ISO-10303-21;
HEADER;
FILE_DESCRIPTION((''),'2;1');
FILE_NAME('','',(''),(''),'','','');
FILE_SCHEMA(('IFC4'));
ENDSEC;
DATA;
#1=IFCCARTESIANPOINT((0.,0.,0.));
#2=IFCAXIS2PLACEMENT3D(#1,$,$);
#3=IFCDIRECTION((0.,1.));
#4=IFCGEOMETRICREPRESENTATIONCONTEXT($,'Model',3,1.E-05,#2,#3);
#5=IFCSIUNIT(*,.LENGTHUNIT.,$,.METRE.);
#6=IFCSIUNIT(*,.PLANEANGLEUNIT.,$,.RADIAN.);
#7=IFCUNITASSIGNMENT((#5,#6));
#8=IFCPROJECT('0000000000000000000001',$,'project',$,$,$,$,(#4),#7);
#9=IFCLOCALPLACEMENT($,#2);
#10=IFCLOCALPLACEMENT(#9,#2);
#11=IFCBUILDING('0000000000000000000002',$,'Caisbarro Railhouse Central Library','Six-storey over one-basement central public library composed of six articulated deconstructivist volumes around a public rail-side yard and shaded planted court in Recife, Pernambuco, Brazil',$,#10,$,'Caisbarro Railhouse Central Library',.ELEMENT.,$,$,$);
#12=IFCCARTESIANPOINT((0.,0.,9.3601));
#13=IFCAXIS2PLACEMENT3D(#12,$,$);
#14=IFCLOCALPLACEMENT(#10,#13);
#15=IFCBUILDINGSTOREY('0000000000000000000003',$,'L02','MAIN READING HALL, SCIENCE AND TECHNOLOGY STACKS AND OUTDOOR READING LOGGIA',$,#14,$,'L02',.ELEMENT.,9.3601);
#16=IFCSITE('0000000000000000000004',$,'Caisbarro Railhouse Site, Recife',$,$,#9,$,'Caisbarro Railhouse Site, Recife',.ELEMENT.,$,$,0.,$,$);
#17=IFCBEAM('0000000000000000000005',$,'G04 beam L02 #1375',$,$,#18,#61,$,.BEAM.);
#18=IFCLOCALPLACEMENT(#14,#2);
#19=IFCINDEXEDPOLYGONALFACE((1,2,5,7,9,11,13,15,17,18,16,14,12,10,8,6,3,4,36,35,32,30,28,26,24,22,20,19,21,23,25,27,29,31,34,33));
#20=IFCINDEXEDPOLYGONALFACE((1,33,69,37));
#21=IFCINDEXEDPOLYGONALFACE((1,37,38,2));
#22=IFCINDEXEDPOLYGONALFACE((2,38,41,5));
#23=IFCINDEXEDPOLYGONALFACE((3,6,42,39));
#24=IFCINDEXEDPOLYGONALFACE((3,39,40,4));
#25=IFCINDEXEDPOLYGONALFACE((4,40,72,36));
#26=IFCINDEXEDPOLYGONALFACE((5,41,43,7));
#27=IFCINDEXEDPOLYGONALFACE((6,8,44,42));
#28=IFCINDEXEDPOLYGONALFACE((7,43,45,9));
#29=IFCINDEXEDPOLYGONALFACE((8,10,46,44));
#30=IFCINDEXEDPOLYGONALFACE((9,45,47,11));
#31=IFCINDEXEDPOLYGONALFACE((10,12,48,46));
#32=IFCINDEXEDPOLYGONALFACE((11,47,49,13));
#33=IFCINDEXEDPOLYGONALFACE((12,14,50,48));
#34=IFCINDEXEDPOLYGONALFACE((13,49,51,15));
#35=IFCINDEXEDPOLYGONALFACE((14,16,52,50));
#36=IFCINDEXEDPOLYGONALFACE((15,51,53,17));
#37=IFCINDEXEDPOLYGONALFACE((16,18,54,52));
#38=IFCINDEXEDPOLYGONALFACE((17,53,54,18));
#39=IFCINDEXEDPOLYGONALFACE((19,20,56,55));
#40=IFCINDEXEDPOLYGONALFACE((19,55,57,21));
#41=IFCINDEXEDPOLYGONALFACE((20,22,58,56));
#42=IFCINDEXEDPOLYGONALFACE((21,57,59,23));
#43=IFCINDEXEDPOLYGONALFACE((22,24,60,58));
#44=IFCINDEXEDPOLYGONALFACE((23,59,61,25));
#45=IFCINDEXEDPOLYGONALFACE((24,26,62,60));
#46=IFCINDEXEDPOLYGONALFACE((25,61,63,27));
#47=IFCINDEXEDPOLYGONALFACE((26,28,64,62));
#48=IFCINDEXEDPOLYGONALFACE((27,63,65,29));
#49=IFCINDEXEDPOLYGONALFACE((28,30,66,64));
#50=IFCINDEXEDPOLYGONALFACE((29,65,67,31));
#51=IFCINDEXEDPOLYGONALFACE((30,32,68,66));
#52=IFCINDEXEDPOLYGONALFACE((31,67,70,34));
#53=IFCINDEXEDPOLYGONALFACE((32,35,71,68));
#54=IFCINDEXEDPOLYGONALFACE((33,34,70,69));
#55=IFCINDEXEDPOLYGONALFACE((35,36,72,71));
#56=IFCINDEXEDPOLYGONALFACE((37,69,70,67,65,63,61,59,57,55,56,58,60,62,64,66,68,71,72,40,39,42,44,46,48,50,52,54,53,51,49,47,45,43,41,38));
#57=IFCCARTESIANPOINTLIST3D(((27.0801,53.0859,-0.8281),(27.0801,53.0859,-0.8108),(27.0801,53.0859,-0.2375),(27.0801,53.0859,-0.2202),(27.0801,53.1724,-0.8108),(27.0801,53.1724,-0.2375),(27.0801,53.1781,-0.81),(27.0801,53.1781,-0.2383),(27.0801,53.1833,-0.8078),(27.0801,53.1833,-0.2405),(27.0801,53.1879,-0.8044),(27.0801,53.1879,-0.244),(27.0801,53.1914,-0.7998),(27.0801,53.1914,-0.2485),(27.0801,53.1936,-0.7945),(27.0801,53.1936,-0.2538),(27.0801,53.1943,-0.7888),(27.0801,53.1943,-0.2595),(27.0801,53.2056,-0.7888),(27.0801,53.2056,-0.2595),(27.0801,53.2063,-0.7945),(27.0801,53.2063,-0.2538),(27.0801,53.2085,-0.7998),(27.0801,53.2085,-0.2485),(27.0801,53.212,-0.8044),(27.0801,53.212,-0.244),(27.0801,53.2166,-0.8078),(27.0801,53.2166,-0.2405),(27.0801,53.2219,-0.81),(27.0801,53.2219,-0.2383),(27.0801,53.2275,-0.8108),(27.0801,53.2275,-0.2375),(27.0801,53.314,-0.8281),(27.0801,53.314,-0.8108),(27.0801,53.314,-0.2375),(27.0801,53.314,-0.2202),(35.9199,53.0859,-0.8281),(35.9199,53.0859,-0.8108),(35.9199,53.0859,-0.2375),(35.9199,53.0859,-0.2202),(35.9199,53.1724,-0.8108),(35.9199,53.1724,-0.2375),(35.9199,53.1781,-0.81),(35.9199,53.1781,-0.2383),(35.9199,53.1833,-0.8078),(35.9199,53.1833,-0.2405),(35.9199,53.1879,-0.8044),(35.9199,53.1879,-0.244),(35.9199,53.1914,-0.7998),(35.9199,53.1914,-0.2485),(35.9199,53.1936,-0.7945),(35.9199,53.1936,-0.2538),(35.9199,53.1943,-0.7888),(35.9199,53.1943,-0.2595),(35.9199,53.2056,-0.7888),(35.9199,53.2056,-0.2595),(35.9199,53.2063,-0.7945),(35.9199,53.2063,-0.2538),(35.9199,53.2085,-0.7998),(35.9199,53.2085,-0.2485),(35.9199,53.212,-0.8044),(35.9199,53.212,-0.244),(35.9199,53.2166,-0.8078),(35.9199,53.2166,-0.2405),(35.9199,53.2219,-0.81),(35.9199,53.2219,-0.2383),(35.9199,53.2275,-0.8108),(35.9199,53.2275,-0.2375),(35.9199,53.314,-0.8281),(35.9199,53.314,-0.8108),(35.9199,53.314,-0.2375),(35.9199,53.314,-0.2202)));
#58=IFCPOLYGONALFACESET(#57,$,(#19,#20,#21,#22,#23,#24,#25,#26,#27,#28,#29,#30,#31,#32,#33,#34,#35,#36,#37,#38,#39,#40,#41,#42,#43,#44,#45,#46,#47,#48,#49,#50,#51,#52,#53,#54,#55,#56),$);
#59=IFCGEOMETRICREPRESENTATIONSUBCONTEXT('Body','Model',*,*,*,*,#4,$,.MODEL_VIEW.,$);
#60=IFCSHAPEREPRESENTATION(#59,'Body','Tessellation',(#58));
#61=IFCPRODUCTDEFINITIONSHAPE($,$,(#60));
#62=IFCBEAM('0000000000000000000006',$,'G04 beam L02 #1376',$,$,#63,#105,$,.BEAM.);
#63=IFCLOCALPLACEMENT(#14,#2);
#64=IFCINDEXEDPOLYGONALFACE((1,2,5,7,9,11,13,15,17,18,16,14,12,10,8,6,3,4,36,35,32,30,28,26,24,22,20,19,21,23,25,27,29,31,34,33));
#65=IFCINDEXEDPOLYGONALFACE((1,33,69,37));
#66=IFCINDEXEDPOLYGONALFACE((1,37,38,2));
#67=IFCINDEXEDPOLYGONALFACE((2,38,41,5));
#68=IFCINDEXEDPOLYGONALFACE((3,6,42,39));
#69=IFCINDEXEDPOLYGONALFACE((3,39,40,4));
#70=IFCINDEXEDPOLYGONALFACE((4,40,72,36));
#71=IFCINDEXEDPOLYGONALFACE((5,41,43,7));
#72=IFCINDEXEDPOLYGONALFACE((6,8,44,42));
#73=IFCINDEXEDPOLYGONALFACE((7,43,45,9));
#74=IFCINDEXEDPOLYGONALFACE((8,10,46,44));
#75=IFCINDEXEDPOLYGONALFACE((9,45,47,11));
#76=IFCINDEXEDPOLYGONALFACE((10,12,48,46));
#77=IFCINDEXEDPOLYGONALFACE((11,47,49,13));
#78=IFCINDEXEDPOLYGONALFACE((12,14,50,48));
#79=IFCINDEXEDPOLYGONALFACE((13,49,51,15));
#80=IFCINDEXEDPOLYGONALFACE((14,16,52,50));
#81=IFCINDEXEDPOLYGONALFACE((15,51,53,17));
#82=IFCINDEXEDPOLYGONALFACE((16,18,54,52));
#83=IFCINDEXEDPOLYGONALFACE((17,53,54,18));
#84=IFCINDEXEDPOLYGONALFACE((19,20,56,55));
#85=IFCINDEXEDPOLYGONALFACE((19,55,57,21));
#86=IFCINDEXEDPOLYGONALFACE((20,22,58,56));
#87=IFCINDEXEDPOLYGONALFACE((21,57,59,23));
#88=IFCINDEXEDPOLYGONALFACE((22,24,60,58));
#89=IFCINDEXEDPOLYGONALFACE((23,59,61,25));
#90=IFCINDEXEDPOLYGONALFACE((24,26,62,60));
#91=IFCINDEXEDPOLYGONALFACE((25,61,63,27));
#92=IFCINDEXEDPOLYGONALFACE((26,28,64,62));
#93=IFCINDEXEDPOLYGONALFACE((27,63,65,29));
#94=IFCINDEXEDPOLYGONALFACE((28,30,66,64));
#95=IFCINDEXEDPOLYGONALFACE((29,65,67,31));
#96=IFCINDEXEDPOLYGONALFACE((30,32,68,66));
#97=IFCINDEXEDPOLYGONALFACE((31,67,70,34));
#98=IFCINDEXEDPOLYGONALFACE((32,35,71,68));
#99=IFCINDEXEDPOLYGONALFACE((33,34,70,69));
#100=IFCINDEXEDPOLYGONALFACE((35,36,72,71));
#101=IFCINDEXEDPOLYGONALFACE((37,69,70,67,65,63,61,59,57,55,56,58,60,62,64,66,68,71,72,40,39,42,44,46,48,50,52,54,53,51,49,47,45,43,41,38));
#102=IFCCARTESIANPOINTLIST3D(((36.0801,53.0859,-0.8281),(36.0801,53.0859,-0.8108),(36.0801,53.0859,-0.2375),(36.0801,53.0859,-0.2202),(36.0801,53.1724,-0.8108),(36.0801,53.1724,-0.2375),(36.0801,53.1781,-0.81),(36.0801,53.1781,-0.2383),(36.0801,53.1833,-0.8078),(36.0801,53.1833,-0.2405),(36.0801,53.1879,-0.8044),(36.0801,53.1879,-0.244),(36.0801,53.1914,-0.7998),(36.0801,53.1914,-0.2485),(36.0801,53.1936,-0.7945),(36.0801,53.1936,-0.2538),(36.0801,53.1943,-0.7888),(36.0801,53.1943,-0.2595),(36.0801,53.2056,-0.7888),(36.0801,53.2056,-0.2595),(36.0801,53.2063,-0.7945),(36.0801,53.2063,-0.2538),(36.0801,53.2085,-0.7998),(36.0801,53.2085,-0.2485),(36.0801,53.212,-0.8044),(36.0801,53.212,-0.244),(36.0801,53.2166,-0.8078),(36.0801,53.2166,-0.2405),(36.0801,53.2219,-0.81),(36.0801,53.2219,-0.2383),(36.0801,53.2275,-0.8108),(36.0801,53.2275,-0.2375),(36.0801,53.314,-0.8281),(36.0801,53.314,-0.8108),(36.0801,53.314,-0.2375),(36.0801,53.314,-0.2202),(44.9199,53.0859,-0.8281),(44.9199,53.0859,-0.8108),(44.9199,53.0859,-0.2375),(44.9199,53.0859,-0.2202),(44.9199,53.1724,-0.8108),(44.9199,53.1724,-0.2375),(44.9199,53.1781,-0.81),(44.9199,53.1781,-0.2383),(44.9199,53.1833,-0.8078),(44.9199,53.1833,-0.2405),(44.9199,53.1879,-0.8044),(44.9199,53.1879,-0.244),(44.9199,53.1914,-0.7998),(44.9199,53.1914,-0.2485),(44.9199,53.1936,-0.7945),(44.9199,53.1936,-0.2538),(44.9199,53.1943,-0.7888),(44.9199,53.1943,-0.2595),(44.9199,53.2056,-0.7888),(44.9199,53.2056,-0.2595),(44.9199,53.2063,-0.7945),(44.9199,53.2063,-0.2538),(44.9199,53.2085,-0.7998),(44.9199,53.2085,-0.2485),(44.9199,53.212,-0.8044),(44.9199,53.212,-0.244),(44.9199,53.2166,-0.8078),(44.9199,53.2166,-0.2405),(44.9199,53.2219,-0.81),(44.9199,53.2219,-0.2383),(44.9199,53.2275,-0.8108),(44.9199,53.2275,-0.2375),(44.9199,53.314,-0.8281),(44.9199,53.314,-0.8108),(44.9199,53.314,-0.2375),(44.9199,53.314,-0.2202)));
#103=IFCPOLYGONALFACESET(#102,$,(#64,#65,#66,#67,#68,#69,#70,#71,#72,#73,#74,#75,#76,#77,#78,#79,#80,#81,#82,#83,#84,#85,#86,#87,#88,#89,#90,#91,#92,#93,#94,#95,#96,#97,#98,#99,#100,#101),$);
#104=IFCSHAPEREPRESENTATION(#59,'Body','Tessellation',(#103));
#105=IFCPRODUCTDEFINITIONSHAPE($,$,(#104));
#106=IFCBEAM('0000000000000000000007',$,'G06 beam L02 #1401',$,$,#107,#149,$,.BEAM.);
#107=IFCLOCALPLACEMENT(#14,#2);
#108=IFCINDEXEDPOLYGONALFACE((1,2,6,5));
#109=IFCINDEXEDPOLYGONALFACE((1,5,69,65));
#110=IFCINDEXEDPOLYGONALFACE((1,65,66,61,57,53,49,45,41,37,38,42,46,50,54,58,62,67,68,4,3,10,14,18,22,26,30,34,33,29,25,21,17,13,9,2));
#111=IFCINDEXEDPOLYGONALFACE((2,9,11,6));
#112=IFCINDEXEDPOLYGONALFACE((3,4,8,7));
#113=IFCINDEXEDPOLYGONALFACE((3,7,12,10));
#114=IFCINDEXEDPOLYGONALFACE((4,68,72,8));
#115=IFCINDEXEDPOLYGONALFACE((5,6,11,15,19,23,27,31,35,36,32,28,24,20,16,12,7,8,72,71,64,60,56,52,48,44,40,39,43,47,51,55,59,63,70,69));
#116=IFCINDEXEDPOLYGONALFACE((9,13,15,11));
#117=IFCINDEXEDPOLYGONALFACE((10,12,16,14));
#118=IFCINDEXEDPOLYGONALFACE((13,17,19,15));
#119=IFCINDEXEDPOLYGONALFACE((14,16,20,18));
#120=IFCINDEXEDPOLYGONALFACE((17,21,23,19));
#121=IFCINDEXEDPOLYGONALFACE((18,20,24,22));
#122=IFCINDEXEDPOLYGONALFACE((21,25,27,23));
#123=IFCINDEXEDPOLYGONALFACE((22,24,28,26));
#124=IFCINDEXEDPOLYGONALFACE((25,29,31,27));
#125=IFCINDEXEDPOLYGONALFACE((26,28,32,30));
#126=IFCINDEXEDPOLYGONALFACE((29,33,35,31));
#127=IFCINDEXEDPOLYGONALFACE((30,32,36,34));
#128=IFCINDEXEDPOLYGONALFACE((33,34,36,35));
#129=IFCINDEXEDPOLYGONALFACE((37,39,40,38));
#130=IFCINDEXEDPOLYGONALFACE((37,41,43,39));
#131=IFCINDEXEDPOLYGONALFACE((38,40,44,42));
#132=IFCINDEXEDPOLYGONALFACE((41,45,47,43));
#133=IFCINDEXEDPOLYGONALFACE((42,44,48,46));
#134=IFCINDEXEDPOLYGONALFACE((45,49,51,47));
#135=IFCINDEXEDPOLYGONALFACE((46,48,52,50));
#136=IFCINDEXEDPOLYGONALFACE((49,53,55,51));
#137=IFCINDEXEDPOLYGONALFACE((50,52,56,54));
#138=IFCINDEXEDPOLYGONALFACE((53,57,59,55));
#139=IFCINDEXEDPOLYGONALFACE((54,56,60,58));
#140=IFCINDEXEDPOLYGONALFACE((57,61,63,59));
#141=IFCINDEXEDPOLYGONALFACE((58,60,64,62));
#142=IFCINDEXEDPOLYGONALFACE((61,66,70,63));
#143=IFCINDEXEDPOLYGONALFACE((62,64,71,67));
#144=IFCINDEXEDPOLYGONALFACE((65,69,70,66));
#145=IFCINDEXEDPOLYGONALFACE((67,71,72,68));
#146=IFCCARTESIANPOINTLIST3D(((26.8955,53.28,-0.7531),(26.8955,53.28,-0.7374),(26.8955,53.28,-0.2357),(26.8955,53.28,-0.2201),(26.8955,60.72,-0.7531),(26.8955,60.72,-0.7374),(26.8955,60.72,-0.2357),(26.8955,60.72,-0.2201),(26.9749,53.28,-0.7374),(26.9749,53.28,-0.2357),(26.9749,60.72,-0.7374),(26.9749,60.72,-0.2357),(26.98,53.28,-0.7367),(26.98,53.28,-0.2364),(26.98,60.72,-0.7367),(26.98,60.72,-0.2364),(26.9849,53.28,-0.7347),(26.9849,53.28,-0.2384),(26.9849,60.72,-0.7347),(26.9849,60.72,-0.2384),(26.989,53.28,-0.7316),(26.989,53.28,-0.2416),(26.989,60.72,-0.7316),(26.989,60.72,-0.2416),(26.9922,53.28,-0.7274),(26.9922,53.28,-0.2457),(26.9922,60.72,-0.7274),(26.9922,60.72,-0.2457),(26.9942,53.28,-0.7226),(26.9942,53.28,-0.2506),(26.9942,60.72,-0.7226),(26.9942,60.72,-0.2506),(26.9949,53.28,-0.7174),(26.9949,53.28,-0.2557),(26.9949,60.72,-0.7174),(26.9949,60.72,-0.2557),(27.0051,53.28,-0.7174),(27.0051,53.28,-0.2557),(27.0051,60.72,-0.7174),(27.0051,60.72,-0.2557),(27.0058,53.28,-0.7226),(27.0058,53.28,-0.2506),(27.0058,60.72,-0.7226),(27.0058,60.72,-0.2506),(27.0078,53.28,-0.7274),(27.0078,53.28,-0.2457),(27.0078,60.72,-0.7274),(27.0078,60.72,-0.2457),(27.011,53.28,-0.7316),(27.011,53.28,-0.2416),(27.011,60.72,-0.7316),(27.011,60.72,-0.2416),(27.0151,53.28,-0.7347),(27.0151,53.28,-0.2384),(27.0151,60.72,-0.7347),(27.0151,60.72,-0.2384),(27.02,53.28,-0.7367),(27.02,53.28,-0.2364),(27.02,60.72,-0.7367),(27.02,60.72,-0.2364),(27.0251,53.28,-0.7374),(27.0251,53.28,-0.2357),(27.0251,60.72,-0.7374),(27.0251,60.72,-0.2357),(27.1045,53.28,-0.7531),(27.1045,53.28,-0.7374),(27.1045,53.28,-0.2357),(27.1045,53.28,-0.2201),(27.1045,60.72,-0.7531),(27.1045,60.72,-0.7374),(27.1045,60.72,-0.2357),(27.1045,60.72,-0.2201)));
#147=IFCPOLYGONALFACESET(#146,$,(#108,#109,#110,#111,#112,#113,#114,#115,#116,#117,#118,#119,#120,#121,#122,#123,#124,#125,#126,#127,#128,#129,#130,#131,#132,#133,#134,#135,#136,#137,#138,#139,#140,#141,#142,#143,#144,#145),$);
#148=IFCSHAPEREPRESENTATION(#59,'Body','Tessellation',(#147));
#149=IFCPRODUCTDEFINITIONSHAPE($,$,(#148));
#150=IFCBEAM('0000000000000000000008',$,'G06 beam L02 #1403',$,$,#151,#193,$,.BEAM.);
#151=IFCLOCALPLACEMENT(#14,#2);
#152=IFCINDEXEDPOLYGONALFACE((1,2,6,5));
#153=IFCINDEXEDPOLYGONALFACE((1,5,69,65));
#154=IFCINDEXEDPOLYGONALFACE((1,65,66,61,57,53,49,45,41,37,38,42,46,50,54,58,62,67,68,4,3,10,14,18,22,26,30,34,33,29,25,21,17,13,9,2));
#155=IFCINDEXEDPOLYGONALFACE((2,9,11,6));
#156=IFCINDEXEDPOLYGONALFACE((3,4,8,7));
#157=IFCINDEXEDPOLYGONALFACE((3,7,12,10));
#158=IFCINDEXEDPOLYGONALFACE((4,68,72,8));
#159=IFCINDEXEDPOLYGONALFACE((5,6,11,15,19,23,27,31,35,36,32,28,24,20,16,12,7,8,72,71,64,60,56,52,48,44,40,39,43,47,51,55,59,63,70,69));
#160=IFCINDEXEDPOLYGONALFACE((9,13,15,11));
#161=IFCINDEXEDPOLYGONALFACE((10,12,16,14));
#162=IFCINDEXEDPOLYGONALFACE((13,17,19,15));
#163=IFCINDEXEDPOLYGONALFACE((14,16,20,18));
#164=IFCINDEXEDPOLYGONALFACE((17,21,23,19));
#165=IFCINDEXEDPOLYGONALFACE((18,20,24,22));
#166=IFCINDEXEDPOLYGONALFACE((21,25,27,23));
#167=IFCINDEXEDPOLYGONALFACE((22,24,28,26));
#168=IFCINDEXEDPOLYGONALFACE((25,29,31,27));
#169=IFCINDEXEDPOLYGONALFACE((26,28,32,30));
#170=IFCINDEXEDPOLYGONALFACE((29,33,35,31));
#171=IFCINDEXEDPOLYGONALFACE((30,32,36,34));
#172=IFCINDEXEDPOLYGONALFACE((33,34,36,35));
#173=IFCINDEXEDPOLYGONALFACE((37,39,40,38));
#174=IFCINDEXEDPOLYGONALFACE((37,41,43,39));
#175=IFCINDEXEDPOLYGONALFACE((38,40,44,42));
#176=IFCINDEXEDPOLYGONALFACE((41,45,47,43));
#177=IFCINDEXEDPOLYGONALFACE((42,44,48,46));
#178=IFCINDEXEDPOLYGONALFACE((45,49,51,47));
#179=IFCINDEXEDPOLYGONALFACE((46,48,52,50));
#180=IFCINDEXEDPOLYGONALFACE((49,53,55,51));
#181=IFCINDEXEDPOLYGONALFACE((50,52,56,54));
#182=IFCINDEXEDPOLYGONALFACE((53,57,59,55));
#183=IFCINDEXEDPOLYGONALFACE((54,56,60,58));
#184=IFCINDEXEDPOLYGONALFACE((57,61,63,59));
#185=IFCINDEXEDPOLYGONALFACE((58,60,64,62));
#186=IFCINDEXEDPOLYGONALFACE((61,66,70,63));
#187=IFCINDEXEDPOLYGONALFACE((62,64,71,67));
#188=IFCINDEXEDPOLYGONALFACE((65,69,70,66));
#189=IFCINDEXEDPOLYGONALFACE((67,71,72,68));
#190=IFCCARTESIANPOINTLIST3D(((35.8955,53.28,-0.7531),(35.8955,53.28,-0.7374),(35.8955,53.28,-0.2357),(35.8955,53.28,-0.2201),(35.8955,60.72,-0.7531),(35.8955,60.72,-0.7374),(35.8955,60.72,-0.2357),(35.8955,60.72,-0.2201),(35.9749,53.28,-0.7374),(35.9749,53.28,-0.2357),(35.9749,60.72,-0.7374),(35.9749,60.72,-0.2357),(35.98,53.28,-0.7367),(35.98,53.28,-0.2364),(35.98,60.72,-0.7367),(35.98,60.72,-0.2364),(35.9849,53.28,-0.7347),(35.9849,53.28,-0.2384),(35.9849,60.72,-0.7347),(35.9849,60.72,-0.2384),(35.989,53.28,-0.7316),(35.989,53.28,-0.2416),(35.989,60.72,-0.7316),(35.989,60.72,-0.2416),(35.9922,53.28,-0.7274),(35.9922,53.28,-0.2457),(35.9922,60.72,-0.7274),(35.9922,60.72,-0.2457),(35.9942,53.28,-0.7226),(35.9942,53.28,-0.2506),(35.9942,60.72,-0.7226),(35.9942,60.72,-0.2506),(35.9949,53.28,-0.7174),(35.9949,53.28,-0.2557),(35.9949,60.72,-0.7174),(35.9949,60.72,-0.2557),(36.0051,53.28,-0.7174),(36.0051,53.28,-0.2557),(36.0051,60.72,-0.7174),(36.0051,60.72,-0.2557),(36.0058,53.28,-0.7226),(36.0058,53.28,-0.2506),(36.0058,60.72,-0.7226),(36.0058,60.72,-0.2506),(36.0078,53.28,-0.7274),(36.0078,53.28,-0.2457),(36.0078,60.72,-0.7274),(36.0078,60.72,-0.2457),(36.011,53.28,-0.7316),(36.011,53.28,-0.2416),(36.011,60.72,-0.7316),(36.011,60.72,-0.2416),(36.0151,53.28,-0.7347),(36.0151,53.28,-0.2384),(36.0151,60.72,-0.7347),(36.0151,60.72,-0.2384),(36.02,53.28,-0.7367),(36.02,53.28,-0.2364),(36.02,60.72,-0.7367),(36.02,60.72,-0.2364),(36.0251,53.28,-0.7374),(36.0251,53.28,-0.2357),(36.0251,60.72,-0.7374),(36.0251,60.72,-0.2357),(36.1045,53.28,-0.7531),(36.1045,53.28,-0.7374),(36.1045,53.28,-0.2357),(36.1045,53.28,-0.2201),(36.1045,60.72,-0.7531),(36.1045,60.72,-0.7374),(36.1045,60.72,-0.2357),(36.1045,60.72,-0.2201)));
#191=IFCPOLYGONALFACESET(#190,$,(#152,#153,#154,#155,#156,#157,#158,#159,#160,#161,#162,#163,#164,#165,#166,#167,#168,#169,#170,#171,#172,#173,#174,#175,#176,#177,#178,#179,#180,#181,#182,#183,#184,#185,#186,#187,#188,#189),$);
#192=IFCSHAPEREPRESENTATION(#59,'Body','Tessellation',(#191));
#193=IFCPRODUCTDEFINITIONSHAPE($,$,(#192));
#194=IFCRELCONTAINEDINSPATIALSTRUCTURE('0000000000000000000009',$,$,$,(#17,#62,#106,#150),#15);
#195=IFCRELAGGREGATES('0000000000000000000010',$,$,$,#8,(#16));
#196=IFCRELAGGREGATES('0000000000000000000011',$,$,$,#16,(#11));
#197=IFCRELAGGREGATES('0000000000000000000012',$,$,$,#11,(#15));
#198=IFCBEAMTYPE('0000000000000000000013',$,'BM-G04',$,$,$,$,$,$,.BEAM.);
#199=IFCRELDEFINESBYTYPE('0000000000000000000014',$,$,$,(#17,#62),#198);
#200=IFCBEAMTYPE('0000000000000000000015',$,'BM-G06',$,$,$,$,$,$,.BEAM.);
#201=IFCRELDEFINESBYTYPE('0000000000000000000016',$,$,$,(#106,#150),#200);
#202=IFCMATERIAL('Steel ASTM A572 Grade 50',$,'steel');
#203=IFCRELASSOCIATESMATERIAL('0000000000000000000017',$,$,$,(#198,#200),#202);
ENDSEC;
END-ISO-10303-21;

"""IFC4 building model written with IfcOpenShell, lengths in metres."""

from ifc_helpers import new_model, si_unit, direction, frame, origin, origin_2d, place, context, subcontext, project, spatial, i_section, extrude, material, material_profile, profile_set, type_object, element, save


model = new_model("IFC4")

# Units and contexts
model_context = context("Model", 3, precision=1e-05, world=origin(), true_north=direction((0.0, 1.0)))
body_context = subcontext(model_context, "Body", "Model", "MODEL_VIEW")
ifc_project = project(units=[si_unit("LENGTHUNIT", "METRE"), si_unit("PLANEANGLEUNIT", "RADIAN")], contexts=[model_context])

# Site, building, storey
site_placement = place(None, origin())
site = spatial("IfcSite", under=ifc_project, at=site_placement, Name="Caisbarro Railhouse Site, Recife", LongName="Caisbarro Railhouse Site, Recife", CompositionType="ELEMENT", RefElevation=0.0)
building_placement = place(site_placement, origin())
building = spatial("IfcBuilding", under=site, at=building_placement, Name="Caisbarro Railhouse Central Library", Description="Six-storey over one-basement central public library composed of six articulated deconstructivist volumes around a public rail-side yard and shaded planted court in Recife, Pernambuco, Brazil", LongName="Caisbarro Railhouse Central Library", CompositionType="ELEMENT")
storey_placement = place(building_placement, frame((0.0, 0.0, 9.3601)))
storey = spatial("IfcBuildingStorey", under=building, at=storey_placement, Name="L02", Description="MAIN READING HALL, SCIENCE AND TECHNOLOGY STACKS AND OUTDOOR READING LOGGIA", LongName="L02", CompositionType="ELEMENT", Elevation=9.3601)

# Beams
ifc_material_1 = material(Name="Steel ASTM A572 Grade 50", Category="steel")
ifc_material_profile_1 = material_profile(ifc_material_1, i_section(OverallWidth=0.228, OverallDepth=0.6079, WebThickness=0.0112, FlangeThickness=0.0173, FilletRadius=0.022, at=origin_2d()), Name="W610X113.0")
ifc_profile_set_1 = profile_set([ifc_material_profile_1], Name="Steel ASTM A572 Grade 50")
beam_type_1 = type_object("IfcBeamType", Name="BM-G04", PredefinedType="BEAM", material=ifc_profile_set_1)
for number, where, z_axis, x_axis, name in (
    (1, (27.0801, 53.2, -0.5242), (1.0, 0.0, 0.0), (0.0, 1.0, 0.0), "G04 beam L02 #1375"),
    (2, (36.0801, 53.2, -0.5242), (1.0, 0.0, 0.0), (0.0, 1.0, 0.0), "G04 beam L02 #1376"),
):
    element("IfcBeam", number, at=place(storey_placement, frame(where, z_axis=z_axis, x_axis=x_axis)), inside=storey, type_object=beam_type_1, Name=name, PredefinedType="BEAM", context=body_context, shape_type="SweptSolid", body=[
        extrude(i_section(OverallWidth=0.228, OverallDepth=0.6079, WebThickness=0.0112, FlangeThickness=0.0173, FilletRadius=0.022, at=origin_2d()), origin(), (0.0, 0.0, 1.0), 8.8398),
    ])
ifc_material_profile_2 = material_profile(ifc_material_1, i_section(OverallWidth=0.209, OverallDepth=0.533, WebThickness=0.0103, FlangeThickness=0.0156, FilletRadius=0.02, at=origin_2d()), Name="W530X92.0")
ifc_profile_set_2 = profile_set([ifc_material_profile_2], Name="Steel ASTM A572 Grade 50")
beam_type_2 = type_object("IfcBeamType", Name="BM-G06", PredefinedType="BEAM", material=ifc_profile_set_2)
for number, where, z_axis, x_axis, name in (
    (3, (27.0, 53.28, -0.4866), (0.0, 1.0, 0.0), (-1.0, 0.0, 0.0), "G06 beam L02 #1401"),
    (4, (36.0, 53.28, -0.4866), (0.0, 1.0, 0.0), (-1.0, 0.0, 0.0), "G06 beam L02 #1403"),
):
    element("IfcBeam", number, at=place(storey_placement, frame(where, z_axis=z_axis, x_axis=x_axis)), inside=storey, type_object=beam_type_2, Name=name, PredefinedType="BEAM", context=body_context, shape_type="SweptSolid", body=[
        extrude(i_section(OverallWidth=0.209, OverallDepth=0.533, WebThickness=0.0103, FlangeThickness=0.0156, FilletRadius=0.02, at=origin_2d()), origin(), (0.0, 0.0, 1.0), 7.4399),
    ])

save(model, "model.ifc")
